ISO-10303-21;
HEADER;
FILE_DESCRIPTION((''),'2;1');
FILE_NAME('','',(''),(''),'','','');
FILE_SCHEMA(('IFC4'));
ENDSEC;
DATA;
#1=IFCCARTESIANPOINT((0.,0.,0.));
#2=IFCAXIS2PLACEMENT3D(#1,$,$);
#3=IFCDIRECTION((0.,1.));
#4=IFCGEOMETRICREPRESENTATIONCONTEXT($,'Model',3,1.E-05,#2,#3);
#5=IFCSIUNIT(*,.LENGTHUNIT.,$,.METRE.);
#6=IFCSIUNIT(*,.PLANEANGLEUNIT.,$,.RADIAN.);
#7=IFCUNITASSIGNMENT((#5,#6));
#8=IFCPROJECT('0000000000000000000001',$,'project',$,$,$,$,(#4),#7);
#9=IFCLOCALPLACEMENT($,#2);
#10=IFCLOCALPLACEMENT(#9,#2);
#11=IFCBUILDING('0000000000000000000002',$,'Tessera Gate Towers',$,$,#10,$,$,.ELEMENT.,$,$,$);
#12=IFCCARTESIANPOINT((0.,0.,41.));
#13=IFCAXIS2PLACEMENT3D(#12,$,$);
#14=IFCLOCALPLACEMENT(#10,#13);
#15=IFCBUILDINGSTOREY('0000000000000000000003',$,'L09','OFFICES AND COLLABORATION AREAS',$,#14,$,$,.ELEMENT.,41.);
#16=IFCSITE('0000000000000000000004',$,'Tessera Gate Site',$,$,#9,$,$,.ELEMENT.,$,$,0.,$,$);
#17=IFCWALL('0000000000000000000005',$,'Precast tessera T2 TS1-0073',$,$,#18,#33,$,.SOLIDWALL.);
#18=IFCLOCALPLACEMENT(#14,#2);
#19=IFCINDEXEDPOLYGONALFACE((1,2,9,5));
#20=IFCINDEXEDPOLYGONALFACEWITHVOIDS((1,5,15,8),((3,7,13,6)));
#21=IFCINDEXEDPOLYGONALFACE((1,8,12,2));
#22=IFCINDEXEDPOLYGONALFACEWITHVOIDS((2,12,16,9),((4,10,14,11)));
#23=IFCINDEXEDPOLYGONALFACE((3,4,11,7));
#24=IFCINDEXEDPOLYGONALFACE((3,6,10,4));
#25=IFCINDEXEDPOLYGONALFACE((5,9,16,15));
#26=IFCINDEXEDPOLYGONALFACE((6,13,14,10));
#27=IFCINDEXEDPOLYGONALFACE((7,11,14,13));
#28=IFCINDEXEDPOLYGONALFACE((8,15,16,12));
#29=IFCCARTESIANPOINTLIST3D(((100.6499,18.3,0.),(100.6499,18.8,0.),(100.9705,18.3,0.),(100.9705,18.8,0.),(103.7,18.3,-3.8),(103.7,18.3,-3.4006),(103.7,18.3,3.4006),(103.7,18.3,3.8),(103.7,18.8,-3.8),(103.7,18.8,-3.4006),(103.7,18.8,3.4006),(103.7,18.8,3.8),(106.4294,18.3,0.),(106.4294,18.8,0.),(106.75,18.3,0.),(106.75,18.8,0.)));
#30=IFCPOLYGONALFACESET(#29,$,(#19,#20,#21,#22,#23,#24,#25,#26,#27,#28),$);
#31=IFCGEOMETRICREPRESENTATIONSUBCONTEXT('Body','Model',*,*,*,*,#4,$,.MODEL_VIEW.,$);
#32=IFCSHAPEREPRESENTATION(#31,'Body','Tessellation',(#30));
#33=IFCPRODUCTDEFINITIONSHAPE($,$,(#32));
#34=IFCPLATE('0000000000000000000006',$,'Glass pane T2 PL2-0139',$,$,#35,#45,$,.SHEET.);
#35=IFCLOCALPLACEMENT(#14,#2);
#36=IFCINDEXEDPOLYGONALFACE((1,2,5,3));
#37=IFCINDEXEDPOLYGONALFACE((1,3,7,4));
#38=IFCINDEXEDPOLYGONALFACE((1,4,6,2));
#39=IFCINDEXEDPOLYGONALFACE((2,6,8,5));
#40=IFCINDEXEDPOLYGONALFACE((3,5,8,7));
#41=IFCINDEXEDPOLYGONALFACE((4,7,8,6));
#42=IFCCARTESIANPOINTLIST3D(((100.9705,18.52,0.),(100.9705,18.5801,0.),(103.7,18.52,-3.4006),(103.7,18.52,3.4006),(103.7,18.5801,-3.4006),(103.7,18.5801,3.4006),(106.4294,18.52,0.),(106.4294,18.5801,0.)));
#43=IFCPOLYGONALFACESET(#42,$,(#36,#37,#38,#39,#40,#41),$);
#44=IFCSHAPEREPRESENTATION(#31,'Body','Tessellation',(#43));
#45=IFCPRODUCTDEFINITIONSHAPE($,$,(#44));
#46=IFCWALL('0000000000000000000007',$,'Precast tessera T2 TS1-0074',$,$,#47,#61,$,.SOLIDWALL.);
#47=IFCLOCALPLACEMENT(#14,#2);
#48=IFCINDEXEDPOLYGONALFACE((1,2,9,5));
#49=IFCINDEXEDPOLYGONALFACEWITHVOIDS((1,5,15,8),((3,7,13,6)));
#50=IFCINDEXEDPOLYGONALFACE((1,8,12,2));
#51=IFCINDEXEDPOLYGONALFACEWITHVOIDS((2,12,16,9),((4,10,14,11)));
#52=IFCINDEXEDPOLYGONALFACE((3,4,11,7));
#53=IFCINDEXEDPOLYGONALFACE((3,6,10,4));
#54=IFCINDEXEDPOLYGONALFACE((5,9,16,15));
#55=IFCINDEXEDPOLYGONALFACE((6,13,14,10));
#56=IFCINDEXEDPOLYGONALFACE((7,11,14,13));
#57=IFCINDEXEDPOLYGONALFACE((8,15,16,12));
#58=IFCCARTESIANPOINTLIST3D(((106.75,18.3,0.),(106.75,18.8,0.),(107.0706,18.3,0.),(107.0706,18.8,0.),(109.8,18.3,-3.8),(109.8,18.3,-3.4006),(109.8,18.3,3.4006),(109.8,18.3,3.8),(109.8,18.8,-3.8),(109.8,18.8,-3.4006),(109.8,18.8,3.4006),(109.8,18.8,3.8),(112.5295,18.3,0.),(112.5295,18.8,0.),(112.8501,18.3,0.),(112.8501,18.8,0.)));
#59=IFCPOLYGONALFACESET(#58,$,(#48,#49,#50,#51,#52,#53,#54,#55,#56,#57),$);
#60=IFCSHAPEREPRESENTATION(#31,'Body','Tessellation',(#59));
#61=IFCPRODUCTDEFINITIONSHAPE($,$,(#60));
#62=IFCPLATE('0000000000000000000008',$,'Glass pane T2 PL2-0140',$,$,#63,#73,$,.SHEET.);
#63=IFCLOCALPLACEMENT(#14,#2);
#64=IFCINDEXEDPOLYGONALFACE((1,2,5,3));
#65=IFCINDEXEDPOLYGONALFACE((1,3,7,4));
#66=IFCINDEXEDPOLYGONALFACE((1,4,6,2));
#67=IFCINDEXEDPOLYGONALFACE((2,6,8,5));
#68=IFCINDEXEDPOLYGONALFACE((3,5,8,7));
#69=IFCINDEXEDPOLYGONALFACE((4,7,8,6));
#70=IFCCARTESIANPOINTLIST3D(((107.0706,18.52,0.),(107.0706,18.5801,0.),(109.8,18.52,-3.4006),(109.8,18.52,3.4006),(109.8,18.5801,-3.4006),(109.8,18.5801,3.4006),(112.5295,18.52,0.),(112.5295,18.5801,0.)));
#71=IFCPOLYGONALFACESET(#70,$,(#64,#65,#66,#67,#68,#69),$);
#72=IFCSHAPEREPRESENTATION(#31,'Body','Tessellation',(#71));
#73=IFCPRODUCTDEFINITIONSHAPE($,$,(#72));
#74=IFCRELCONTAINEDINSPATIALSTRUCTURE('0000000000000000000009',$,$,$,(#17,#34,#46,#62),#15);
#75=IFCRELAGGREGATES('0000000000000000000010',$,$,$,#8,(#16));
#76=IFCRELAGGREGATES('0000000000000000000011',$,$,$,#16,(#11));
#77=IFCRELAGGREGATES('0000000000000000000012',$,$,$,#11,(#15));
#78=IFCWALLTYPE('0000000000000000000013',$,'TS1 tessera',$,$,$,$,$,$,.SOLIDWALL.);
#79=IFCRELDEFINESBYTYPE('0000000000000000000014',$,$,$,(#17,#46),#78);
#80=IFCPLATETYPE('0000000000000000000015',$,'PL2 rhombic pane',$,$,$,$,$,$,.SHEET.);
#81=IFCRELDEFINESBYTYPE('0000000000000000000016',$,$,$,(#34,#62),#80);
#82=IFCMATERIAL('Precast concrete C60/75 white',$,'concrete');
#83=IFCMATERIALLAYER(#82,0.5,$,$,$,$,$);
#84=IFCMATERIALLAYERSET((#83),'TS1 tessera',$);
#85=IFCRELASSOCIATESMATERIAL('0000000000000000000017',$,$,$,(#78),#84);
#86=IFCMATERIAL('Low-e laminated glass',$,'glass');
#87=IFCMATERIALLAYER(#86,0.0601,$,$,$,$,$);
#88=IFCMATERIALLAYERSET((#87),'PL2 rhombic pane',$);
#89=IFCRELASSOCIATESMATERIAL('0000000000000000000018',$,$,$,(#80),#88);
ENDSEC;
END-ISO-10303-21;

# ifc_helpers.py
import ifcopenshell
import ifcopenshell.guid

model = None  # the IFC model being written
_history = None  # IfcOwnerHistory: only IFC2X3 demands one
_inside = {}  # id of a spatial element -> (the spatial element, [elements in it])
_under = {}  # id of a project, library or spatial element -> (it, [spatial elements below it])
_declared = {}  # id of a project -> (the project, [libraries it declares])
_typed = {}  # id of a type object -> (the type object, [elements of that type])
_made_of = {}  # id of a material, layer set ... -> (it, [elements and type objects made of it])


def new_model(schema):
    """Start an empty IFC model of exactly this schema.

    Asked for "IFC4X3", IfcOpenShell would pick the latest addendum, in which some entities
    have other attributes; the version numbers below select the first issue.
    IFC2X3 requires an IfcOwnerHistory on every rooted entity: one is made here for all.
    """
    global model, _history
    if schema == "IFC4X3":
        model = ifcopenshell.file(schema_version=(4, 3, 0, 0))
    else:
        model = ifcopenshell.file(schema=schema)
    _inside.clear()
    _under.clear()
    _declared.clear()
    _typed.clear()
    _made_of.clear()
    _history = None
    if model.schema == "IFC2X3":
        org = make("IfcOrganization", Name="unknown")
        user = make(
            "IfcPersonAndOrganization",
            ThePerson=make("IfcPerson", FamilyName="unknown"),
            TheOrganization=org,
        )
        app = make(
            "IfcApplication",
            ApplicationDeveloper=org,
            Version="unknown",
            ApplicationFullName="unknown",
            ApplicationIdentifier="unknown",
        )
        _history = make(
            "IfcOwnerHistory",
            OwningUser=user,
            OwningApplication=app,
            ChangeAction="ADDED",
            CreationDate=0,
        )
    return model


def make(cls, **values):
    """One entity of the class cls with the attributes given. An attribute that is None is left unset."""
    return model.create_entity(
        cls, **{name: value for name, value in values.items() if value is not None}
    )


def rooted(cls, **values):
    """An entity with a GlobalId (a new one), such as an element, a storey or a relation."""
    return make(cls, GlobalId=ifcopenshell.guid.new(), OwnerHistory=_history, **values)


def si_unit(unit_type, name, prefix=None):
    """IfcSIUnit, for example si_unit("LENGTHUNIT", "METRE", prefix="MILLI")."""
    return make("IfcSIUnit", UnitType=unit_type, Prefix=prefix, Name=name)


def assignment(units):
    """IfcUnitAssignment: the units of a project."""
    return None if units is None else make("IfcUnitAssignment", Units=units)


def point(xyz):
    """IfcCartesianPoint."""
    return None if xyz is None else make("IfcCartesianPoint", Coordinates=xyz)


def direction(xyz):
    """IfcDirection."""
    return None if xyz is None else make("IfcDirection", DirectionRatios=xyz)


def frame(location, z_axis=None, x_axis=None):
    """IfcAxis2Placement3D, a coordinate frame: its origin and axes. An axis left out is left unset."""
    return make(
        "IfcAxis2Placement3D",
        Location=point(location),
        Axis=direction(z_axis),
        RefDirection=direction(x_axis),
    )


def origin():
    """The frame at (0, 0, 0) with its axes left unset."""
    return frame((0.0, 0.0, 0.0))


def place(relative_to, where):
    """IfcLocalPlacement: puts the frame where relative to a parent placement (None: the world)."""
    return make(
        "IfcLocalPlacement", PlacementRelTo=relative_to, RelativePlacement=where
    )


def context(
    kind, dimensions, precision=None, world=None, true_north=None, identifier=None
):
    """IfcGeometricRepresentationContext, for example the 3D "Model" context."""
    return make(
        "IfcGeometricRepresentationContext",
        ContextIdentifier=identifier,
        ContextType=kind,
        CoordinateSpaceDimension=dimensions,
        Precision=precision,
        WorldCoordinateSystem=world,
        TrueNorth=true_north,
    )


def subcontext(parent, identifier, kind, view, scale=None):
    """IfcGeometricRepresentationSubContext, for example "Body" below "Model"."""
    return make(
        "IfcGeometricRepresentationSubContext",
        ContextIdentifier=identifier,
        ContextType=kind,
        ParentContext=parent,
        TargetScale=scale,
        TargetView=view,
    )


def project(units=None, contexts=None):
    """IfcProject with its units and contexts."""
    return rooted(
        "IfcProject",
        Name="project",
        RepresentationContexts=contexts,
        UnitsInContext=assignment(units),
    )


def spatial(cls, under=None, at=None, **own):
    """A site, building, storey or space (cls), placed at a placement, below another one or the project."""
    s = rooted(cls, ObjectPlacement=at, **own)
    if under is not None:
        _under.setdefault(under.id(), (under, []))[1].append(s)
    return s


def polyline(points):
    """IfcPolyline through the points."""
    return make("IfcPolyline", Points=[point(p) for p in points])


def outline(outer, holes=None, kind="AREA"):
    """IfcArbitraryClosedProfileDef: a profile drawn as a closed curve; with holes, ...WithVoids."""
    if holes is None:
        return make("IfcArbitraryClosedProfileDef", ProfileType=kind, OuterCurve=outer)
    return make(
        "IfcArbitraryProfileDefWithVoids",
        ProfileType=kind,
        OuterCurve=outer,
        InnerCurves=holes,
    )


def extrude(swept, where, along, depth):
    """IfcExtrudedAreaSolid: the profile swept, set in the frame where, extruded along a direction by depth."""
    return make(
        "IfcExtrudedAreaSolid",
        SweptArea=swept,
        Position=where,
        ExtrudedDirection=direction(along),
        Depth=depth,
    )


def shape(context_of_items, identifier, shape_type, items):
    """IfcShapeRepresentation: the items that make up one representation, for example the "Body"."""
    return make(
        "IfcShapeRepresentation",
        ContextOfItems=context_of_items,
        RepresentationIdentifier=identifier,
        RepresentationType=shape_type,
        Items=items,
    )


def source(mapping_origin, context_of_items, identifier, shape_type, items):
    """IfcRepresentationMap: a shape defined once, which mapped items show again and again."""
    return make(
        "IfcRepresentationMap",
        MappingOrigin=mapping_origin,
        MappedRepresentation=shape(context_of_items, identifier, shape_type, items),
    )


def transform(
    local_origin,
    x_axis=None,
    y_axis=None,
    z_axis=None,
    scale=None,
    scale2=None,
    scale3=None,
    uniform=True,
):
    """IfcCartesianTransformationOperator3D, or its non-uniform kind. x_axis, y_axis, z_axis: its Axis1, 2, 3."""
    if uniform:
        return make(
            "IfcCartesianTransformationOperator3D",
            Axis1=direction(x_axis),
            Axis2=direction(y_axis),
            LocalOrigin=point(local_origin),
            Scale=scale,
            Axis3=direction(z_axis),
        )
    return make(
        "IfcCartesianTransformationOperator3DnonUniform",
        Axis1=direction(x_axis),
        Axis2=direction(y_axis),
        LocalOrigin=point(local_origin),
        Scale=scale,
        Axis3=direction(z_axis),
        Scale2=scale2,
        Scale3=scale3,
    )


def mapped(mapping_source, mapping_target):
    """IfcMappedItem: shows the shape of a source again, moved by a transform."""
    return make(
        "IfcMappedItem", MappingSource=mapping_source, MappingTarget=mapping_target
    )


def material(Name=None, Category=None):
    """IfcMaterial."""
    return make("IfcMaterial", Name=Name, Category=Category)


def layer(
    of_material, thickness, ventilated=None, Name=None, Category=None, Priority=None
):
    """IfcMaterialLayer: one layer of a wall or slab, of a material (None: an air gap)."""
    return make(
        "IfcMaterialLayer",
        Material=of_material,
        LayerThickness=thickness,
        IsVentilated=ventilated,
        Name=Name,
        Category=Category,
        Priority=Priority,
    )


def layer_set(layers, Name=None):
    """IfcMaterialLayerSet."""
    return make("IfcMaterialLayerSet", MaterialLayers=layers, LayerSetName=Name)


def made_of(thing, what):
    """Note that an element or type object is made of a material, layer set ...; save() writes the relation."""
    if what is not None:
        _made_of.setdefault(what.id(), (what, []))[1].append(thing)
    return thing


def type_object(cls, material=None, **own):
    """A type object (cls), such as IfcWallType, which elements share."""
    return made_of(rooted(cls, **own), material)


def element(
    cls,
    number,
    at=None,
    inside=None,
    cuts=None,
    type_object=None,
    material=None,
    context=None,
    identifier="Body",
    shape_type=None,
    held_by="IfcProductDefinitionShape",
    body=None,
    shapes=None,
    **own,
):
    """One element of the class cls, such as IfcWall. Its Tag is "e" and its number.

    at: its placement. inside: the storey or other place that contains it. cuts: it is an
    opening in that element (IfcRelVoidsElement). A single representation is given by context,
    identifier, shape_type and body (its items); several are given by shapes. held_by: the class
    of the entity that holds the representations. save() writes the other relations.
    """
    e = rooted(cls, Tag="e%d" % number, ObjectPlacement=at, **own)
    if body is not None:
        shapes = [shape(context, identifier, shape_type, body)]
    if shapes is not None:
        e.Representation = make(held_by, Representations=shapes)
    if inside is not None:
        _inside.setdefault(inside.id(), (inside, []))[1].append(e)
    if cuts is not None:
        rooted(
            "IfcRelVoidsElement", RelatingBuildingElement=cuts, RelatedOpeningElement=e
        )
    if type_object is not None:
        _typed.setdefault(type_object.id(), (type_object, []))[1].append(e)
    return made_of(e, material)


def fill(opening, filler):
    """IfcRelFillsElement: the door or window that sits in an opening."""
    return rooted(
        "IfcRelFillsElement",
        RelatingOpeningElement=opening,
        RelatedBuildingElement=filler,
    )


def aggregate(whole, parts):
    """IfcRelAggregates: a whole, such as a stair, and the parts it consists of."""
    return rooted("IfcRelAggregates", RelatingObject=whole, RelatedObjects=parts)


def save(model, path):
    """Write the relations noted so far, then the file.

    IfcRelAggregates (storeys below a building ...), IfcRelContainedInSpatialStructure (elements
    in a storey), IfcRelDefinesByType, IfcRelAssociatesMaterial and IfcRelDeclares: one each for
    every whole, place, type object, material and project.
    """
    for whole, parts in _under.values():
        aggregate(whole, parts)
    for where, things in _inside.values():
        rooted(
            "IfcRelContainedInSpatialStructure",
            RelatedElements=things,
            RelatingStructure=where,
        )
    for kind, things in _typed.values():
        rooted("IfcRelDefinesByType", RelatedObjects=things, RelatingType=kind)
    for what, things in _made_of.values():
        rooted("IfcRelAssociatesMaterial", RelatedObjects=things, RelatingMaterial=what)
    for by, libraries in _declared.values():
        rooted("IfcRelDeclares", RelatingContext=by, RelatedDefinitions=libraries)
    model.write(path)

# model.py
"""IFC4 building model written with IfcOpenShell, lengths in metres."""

from ifc_helpers import new_model, si_unit, direction, frame, origin, place, context, subcontext, project, spatial, polyline, outline, extrude, source, transform, mapped, material, layer, layer_set, type_object, element, fill, save


model = new_model("IFC4")

# Units and contexts
model_context = context("Model", 3, precision=1e-05, world=origin(), true_north=direction((0.0, 1.0)))
body_context = subcontext(model_context, "Body", "Model", "MODEL_VIEW")
ifc_project = project(units=[si_unit("LENGTHUNIT", "METRE"), si_unit("PLANEANGLEUNIT", "RADIAN")], contexts=[model_context])

# Site, building, storey
site_placement = place(None, origin())
site = spatial("IfcSite", under=ifc_project, at=site_placement, Name="Tessera Gate Site", CompositionType="ELEMENT", RefElevation=0.0)
building_placement = place(site_placement, origin())
building = spatial("IfcBuilding", under=site, at=building_placement, Name="Tessera Gate Towers", CompositionType="ELEMENT")
storey_placement = place(building_placement, frame((0.0, 0.0, 41.0)))
storey = spatial("IfcBuildingStorey", under=building, at=storey_placement, Name="L09", Description="OFFICES AND COLLABORATION AREAS", CompositionType="ELEMENT", Elevation=41.0)

# Walls, openings, plates
ifc_material_1 = material(Name="Precast concrete C60/75 white", Category="concrete")
ifc_layer_1 = layer(ifc_material_1, 0.5)
ifc_layer_set_1 = layer_set([ifc_layer_1], Name="TS1 tessera")
wall_type_1 = type_object("IfcWallType", Name="TS1 tessera", PredefinedType="SOLIDWALL", material=ifc_layer_set_1)
shared_shape_1 = source(origin(), body_context, "Body", "SweptSolid", [
    extrude(outline(polyline([(3.05, 0.0), (6.1001, 3.8), (3.05, 7.6001), (0.0, 3.8), (3.05, 0.0)])), frame((0.0, 0.25, 0.0), z_axis=(0.0, -1.0, 0.0), x_axis=(1.0, 0.0, 0.0)), (0.0, 0.0, 1.0), 0.5),
])
wall_1_placement = place(storey_placement, frame((100.6499, 18.55, -3.8), z_axis=(0.0, 0.0, 1.0), x_axis=(1.0, 0.0, 0.0)))
wall_1 = element("IfcWall", 1, at=wall_1_placement, inside=storey, type_object=wall_type_1, Name="Precast tessera T2 TS1-0073", PredefinedType="SOLIDWALL", context=body_context, shape_type="MappedRepresentation", body=[
    mapped(shared_shape_1, transform((0.0, 0.0, 0.0), scale=1.0)),
])
shared_shape_2 = source(origin(), body_context, "Body", "SweptSolid", [
    extrude(outline(polyline([(3.05, 0.3994), (5.7795, 3.8), (3.05, 7.2007), (0.3206, 3.8), (3.05, 0.3994)])), frame((0.0, 0.26, 0.0), z_axis=(0.0, -1.0, 0.0), x_axis=(1.0, 0.0, 0.0)), (0.0, 0.0, 1.0), 0.52),
])
opening_1_placement = place(wall_1_placement, origin())
opening_1 = element("IfcOpeningElement", 2, at=opening_1_placement, cuts=wall_1, PredefinedType="OPENING", context=body_context, shape_type="MappedRepresentation", body=[
    mapped(shared_shape_2, transform((0.0, 0.0, 0.0), scale=1.0)),
])
ifc_material_2 = material(Name="Low-e laminated glass", Category="glass")
ifc_layer_2 = layer(ifc_material_2, 0.0601)
ifc_layer_set_2 = layer_set([ifc_layer_2], Name="PL2 rhombic pane")
plate_type = type_object("IfcPlateType", Name="PL2 rhombic pane", PredefinedType="SHEET", material=ifc_layer_set_2)
shared_shape_3 = source(origin(), body_context, "Body", "SweptSolid", [
    extrude(outline(polyline([(3.05, 0.3994), (5.7795, 3.8), (3.05, 7.2007), (0.3206, 3.8), (3.05, 0.3994)])), frame((0.0, 0.03, 0.0), z_axis=(0.0, -1.0, 0.0), x_axis=(1.0, 0.0, 0.0)), (0.0, 0.0, 1.0), 0.0601),
])
plate_1_placement = place(opening_1_placement, origin())
plate_1 = element("IfcPlate", 3, at=plate_1_placement, inside=storey, type_object=plate_type, Name="Glass pane T2 PL2-0139", PredefinedType="SHEET", context=body_context, shape_type="MappedRepresentation", body=[
    mapped(shared_shape_3, transform((0.0, 0.0, 0.0), scale=1.0)),
])
fill(opening_1, plate_1)
wall_2_placement = place(storey_placement, frame((106.75, 18.55, -3.8), z_axis=(0.0, 0.0, 1.0), x_axis=(1.0, 0.0, 0.0)))
wall_2 = element("IfcWall", 4, at=wall_2_placement, inside=storey, type_object=wall_type_1, Name="Precast tessera T2 TS1-0074", PredefinedType="SOLIDWALL", context=body_context, shape_type="MappedRepresentation", body=[
    mapped(shared_shape_1, transform((0.0, 0.0, 0.0), scale=1.0)),
])
opening_2_placement = place(wall_2_placement, origin())
opening_2 = element("IfcOpeningElement", 5, at=opening_2_placement, cuts=wall_2, PredefinedType="OPENING", context=body_context, shape_type="MappedRepresentation", body=[
    mapped(shared_shape_2, transform((0.0, 0.0, 0.0), scale=1.0)),
])
plate_2_placement = place(opening_2_placement, origin())
plate_2 = element("IfcPlate", 6, at=plate_2_placement, inside=storey, type_object=plate_type, Name="Glass pane T2 PL2-0140", PredefinedType="SHEET", context=body_context, shape_type="MappedRepresentation", body=[
    mapped(shared_shape_3, transform((0.0, 0.0, 0.0), scale=1.0)),
])
fill(opening_2, plate_2)

save(model, "model.ifc")
